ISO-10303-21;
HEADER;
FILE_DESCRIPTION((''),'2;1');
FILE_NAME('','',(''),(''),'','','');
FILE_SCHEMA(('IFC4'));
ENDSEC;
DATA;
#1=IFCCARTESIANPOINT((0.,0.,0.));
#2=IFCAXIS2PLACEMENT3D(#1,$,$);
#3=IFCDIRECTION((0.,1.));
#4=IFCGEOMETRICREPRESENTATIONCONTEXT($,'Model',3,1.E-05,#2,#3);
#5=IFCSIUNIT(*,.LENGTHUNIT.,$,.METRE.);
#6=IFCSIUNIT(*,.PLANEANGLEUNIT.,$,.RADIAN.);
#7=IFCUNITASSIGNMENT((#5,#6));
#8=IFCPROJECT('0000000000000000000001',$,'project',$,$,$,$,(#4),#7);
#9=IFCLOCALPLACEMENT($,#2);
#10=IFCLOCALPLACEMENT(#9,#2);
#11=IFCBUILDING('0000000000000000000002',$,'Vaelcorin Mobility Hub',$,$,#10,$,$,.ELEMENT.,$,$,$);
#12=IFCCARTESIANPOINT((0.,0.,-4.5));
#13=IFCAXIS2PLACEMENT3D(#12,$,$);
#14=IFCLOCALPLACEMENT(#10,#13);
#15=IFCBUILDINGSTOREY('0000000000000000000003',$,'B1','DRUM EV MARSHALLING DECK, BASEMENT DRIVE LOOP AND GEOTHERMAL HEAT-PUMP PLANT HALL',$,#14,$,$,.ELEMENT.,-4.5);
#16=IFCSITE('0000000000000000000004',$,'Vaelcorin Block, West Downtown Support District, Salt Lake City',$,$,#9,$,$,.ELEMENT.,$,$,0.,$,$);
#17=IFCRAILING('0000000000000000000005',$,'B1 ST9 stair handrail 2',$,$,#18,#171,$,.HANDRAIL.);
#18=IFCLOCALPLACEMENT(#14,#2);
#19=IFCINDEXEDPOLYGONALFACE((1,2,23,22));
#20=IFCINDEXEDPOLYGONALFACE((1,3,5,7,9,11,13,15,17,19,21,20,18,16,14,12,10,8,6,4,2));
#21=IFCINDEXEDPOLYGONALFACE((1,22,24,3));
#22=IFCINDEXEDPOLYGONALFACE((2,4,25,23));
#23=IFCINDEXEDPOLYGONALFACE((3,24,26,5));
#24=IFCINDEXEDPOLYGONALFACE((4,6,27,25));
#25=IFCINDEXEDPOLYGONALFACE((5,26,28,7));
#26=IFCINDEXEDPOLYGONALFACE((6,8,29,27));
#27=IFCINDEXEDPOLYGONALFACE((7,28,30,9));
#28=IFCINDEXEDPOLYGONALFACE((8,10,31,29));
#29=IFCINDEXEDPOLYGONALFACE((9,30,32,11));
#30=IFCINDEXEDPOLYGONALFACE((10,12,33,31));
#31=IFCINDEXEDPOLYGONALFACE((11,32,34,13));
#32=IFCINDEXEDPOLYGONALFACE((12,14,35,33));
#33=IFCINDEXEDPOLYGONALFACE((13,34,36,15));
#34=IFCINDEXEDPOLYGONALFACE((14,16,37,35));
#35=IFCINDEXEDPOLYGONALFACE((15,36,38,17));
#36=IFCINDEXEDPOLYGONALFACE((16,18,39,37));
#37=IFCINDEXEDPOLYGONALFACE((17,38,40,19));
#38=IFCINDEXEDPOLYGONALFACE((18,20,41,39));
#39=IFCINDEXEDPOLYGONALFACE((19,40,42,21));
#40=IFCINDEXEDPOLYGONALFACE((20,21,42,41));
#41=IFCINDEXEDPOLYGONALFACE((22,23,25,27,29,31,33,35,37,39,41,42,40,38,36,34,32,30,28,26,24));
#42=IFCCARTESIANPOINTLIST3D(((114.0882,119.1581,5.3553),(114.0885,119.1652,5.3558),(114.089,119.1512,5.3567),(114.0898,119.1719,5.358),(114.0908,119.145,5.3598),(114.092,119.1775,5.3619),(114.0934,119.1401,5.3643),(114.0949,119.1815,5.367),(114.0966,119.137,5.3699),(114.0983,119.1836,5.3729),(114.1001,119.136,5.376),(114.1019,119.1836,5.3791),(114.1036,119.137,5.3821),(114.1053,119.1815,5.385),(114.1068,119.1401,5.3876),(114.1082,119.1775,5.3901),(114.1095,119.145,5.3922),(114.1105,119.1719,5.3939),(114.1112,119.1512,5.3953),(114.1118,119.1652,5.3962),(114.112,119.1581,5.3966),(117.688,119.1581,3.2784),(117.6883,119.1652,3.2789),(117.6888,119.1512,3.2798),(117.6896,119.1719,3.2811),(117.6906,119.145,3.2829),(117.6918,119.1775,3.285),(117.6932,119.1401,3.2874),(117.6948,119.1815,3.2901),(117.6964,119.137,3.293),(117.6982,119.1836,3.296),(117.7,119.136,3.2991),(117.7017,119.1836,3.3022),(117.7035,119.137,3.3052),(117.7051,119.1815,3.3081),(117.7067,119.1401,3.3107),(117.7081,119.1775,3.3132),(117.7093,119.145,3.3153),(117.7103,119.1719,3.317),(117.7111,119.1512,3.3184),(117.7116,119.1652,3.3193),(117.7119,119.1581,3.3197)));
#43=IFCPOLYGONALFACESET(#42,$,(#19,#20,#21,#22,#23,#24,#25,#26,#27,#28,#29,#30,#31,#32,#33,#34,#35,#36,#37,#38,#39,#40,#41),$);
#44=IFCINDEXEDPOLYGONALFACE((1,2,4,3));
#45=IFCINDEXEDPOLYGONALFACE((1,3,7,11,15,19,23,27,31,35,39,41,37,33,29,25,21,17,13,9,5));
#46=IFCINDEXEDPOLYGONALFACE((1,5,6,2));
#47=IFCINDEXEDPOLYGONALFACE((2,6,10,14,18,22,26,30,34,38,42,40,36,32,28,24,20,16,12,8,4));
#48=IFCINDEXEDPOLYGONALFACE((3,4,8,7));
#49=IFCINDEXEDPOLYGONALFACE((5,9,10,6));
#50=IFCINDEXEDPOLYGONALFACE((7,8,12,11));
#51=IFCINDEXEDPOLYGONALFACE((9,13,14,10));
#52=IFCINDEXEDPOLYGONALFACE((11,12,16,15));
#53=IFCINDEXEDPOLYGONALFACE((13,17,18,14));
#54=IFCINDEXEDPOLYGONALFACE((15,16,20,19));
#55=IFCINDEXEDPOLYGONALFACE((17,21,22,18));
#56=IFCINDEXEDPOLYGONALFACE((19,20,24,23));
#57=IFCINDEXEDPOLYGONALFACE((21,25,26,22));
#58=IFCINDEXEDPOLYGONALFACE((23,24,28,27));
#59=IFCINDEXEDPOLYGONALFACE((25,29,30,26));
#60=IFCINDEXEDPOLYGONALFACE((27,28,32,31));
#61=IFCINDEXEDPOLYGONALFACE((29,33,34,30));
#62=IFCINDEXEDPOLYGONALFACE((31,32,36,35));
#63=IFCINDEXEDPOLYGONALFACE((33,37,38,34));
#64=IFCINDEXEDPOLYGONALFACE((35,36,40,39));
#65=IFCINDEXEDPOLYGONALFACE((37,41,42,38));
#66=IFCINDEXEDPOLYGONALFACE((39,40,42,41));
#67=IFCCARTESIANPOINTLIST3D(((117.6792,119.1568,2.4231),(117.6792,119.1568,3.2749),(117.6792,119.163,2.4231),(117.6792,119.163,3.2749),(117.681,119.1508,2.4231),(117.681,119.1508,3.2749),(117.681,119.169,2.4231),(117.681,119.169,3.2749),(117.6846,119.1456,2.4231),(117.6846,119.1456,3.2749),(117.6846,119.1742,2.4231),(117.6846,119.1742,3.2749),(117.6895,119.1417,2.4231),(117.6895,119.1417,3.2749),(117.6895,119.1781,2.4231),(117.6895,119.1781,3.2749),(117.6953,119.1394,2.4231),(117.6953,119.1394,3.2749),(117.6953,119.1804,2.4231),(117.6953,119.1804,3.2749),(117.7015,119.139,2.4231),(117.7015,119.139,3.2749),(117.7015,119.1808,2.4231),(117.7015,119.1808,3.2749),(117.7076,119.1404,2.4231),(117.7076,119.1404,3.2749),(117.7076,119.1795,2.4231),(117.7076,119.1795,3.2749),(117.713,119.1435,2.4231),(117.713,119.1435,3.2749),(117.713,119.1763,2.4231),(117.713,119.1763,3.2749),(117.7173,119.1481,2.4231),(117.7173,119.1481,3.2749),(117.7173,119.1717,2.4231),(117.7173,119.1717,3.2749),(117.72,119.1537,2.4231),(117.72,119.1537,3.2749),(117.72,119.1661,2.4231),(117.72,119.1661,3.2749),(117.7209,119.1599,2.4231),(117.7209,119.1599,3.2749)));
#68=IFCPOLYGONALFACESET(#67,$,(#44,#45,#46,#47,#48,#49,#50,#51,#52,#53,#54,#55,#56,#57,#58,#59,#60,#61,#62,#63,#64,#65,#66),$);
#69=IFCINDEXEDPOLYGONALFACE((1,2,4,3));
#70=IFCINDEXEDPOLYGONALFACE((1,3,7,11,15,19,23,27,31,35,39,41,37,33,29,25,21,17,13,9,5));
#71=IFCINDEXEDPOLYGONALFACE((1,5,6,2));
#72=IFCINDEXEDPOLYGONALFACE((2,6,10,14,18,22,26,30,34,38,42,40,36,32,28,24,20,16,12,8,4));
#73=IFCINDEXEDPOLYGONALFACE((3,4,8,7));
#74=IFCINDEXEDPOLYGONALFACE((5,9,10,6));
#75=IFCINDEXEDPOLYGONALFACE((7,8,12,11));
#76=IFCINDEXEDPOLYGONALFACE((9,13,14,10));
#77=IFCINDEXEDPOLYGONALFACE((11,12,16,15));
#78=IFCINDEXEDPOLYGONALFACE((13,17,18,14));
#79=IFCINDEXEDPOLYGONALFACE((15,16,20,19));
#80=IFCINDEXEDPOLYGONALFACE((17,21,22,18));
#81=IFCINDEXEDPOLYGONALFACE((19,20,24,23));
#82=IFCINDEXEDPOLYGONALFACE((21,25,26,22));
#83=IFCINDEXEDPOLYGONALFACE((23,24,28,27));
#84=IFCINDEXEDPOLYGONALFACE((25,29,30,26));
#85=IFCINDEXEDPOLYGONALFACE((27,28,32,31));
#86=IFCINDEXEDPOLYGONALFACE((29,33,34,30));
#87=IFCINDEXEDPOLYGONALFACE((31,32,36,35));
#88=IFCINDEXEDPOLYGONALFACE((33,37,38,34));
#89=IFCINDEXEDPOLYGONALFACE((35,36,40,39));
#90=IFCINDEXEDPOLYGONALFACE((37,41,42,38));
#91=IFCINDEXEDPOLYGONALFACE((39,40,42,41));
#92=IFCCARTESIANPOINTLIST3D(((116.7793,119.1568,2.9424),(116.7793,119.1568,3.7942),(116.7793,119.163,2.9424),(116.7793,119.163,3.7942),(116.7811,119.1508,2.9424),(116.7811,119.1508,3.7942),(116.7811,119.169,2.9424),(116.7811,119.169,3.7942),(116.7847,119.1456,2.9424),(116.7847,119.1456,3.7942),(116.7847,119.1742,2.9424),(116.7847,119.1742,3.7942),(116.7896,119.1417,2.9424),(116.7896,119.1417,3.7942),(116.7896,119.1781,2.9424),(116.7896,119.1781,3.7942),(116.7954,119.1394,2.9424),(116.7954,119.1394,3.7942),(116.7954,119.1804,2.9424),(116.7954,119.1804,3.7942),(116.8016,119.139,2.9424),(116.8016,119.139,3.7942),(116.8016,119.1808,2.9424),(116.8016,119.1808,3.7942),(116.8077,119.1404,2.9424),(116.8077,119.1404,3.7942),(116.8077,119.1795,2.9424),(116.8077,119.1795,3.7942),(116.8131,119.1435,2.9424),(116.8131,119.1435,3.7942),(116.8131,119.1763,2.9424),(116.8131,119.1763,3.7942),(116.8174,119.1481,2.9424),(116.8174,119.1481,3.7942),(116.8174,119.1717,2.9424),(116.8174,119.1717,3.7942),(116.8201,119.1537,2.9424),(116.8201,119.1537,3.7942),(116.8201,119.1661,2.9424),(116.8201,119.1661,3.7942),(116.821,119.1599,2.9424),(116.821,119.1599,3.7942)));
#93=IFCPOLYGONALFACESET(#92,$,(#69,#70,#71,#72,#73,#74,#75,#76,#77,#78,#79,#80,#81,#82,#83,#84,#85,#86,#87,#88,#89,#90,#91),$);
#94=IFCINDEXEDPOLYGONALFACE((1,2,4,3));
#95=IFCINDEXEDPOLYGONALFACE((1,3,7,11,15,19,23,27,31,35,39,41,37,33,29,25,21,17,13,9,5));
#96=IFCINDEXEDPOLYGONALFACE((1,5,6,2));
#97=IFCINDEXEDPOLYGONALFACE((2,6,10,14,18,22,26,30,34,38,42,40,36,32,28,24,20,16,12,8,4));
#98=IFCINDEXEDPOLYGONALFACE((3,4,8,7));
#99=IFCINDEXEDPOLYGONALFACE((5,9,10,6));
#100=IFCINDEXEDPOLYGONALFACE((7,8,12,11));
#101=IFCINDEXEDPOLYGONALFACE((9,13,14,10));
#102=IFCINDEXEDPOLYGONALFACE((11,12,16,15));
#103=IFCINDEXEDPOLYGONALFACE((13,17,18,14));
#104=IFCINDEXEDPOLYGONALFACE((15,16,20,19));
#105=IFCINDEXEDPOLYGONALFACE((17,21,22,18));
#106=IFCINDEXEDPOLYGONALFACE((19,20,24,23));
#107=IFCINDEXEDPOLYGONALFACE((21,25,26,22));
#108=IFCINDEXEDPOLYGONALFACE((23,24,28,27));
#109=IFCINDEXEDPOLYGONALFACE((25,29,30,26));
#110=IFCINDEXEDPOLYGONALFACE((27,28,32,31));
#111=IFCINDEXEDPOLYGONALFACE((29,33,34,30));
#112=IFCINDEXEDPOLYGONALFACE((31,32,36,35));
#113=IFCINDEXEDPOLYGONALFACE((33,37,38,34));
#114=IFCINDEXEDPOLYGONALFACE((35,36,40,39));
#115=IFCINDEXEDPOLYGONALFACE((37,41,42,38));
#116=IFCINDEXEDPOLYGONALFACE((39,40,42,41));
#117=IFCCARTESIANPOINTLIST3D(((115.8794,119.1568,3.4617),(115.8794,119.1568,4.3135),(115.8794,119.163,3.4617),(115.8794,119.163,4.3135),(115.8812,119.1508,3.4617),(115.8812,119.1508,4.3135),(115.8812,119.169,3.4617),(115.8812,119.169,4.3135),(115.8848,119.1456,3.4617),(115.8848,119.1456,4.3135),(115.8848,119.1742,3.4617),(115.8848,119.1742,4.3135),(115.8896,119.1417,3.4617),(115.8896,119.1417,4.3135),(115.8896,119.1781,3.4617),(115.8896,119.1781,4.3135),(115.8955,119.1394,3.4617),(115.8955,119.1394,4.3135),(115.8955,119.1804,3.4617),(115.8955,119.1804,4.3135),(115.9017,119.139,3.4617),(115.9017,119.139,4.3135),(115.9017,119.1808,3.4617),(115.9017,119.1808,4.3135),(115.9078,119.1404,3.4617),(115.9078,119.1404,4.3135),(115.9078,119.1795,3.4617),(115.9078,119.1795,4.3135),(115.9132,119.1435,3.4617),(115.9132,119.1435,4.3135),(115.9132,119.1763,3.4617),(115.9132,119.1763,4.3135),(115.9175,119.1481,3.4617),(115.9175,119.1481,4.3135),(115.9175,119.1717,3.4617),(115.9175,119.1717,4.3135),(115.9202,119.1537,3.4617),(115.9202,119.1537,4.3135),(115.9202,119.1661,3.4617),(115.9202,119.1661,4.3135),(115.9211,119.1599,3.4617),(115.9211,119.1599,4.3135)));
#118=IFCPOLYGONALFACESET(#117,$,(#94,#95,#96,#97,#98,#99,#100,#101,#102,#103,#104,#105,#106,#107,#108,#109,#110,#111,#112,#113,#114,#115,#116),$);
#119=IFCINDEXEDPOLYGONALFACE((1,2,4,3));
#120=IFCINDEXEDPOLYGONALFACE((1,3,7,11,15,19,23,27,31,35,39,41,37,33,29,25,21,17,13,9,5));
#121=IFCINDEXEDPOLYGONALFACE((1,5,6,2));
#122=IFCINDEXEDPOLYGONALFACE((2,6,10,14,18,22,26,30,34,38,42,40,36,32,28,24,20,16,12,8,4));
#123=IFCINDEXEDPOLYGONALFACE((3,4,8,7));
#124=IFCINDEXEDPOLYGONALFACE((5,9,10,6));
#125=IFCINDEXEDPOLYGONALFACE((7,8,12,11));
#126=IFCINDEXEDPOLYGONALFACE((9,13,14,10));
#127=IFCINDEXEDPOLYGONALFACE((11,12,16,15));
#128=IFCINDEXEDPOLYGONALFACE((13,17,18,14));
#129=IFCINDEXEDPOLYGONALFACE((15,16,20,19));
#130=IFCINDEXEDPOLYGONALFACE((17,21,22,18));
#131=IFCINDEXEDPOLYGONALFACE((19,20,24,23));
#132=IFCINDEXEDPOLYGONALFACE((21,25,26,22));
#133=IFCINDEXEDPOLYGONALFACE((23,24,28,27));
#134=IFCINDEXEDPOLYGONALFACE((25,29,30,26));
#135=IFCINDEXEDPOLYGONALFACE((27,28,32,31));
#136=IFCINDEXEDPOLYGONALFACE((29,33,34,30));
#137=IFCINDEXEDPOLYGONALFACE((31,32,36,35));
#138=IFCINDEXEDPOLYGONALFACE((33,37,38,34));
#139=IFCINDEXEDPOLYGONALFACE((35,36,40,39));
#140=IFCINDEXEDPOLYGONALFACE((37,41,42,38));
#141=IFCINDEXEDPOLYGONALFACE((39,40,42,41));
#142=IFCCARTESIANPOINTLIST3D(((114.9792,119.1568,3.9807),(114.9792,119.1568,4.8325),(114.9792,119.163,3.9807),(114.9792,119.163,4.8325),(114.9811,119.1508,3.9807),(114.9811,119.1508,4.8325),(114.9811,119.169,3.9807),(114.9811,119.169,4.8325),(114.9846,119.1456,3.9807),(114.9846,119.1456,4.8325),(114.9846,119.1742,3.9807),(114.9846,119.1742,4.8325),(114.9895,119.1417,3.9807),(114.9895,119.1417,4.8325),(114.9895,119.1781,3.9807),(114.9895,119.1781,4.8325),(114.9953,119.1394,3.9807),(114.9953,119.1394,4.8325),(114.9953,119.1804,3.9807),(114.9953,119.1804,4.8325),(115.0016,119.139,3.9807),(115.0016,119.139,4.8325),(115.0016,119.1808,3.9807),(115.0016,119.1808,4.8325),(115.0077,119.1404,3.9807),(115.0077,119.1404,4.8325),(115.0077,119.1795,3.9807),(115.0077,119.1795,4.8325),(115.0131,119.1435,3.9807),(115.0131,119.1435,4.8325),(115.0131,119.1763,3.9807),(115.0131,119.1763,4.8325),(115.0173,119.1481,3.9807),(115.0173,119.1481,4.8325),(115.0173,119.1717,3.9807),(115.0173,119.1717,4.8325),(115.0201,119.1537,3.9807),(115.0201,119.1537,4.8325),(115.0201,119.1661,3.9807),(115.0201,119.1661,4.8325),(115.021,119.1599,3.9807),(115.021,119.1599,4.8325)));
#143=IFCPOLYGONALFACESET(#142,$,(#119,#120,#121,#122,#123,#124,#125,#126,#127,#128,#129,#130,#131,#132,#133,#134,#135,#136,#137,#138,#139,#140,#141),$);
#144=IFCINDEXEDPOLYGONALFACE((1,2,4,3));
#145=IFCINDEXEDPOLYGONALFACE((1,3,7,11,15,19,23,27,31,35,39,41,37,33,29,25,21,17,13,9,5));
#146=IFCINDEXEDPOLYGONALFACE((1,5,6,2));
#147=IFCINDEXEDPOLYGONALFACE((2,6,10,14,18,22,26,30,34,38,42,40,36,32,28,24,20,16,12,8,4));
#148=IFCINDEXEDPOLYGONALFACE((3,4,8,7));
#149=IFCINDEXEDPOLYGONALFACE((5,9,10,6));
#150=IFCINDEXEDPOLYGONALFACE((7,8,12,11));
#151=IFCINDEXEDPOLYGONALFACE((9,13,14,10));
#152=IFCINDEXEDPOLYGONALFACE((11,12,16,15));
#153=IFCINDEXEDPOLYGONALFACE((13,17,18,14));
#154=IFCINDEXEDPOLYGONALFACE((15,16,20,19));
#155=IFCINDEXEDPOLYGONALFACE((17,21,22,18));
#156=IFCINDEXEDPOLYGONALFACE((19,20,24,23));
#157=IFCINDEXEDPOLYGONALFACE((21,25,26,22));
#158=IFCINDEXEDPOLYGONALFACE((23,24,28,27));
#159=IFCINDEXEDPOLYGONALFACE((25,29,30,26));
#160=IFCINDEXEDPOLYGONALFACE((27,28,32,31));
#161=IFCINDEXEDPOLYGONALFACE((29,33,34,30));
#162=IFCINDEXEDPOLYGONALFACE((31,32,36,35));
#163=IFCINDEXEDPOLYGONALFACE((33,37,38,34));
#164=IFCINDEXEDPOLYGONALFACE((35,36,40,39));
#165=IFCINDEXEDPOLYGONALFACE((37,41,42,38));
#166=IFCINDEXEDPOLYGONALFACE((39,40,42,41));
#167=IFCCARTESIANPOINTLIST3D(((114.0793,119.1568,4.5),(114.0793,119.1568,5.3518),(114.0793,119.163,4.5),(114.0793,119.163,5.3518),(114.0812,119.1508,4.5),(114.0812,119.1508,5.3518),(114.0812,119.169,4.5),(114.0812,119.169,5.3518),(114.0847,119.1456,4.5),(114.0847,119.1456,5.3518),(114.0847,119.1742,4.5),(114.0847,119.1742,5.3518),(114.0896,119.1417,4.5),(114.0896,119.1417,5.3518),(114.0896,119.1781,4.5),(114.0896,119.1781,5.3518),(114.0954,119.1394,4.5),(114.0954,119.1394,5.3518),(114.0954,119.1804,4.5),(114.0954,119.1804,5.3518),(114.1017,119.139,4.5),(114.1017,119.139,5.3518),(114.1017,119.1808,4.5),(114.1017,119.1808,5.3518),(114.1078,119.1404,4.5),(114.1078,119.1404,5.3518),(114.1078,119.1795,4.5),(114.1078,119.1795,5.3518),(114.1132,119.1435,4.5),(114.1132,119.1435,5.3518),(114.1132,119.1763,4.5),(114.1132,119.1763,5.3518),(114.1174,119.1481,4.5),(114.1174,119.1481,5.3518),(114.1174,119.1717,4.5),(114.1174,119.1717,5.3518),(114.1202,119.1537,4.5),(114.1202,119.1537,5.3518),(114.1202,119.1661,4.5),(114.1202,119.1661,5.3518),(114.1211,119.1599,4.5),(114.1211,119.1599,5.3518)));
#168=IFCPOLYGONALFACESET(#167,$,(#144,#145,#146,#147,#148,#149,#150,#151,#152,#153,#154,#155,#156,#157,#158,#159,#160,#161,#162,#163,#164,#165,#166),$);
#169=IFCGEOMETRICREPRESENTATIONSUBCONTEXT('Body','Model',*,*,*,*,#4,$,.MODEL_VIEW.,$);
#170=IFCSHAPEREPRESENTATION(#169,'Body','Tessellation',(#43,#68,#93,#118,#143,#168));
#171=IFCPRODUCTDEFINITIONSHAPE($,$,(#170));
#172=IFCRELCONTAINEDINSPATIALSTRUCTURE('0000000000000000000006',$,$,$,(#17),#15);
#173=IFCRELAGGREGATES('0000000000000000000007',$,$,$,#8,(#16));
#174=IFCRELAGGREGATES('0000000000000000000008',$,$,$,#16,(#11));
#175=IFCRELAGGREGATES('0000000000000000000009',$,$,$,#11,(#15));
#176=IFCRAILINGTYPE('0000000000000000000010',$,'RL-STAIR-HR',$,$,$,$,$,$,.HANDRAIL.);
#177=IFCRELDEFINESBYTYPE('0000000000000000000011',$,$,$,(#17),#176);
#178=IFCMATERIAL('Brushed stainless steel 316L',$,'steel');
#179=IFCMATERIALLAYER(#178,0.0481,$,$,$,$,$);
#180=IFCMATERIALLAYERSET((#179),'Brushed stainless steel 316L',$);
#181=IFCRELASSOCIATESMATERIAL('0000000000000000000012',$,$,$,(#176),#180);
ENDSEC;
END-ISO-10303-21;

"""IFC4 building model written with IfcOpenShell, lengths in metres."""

from ifc_helpers import new_model, si_unit, direction, frame, origin, origin_2d, place, context, subcontext, project, spatial, circle, extrude, material, layer, layer_set, type_object, element, save


model = new_model("IFC4")

# Units and contexts
model_context = context("Model", 3, precision=1e-05, world=origin(), true_north=direction((0.0, 1.0)))
body_context = subcontext(model_context, "Body", "Model", "MODEL_VIEW")
ifc_project = project(units=[si_unit("LENGTHUNIT", "METRE"), si_unit("PLANEANGLEUNIT", "RADIAN")], contexts=[model_context])

# Site, building, storey
site_placement = place(None, origin())
site = spatial("IfcSite", under=ifc_project, at=site_placement, Name="Vaelcorin Block, West Downtown Support District, Salt Lake City", CompositionType="ELEMENT", RefElevation=0.0)
building_placement = place(site_placement, origin())
building = spatial("IfcBuilding", under=site, at=building_placement, Name="Vaelcorin Mobility Hub", CompositionType="ELEMENT")
storey_placement = place(building_placement, frame((0.0, 0.0, -4.5)))
storey = spatial("IfcBuildingStorey", under=building, at=storey_placement, Name="B1", Description="DRUM EV MARSHALLING DECK, BASEMENT DRIVE LOOP AND GEOTHERMAL HEAT-PUMP PLANT HALL", CompositionType="ELEMENT", Elevation=-4.5)

# Railing
ifc_material_1 = material(Name="Brushed stainless steel 316L", Category="steel")
ifc_layer_1 = layer(ifc_material_1, 0.0481)
ifc_layer_set_1 = layer_set([ifc_layer_1], Name="Brushed stainless steel 316L")
railing_type_1 = type_object("IfcRailingType", Name="RL-STAIR-HR", PredefinedType="HANDRAIL", material=ifc_layer_set_1)
railing_1_placement = place(storey_placement, frame((117.7, 119.1599, 2.4231)))
element("IfcRailing", 1, at=railing_1_placement, inside=storey, type_object=railing_type_1, Name="B1 ST9 stair handrail 2", PredefinedType="HANDRAIL", context=body_context, shape_type="SweptSolid", body=[
    extrude(circle(Radius=0.0239, at=origin_2d()), frame((0.0, 0.0, 0.876), z_axis=(-0.866179, 0.0, 0.499734), x_axis=(0.0, -1.0, 0.0)), (0.0, 0.0, 1.0), 4.156),
    extrude(circle(Radius=0.021, at=origin_2d()), origin(), (0.0, 0.0, 1.0), 0.8518),
    extrude(circle(Radius=0.021, at=origin_2d()), frame((-0.8999, 0.0, 0.5193)), (0.0, 0.0, 1.0), 0.8518),
    extrude(circle(Radius=0.021, at=origin_2d()), frame((-1.7998, 0.0, 1.0386)), (0.0, 0.0, 1.0), 0.8518),
    extrude(circle(Radius=0.021, at=origin_2d()), frame((-2.7, 0.0, 1.5576)), (0.0, 0.0, 1.0), 0.8518),
    extrude(circle(Radius=0.021, at=origin_2d()), frame((-3.5999, 0.0, 2.0769)), (0.0, 0.0, 1.0), 0.8518),
])

save(model, "model.ifc")
